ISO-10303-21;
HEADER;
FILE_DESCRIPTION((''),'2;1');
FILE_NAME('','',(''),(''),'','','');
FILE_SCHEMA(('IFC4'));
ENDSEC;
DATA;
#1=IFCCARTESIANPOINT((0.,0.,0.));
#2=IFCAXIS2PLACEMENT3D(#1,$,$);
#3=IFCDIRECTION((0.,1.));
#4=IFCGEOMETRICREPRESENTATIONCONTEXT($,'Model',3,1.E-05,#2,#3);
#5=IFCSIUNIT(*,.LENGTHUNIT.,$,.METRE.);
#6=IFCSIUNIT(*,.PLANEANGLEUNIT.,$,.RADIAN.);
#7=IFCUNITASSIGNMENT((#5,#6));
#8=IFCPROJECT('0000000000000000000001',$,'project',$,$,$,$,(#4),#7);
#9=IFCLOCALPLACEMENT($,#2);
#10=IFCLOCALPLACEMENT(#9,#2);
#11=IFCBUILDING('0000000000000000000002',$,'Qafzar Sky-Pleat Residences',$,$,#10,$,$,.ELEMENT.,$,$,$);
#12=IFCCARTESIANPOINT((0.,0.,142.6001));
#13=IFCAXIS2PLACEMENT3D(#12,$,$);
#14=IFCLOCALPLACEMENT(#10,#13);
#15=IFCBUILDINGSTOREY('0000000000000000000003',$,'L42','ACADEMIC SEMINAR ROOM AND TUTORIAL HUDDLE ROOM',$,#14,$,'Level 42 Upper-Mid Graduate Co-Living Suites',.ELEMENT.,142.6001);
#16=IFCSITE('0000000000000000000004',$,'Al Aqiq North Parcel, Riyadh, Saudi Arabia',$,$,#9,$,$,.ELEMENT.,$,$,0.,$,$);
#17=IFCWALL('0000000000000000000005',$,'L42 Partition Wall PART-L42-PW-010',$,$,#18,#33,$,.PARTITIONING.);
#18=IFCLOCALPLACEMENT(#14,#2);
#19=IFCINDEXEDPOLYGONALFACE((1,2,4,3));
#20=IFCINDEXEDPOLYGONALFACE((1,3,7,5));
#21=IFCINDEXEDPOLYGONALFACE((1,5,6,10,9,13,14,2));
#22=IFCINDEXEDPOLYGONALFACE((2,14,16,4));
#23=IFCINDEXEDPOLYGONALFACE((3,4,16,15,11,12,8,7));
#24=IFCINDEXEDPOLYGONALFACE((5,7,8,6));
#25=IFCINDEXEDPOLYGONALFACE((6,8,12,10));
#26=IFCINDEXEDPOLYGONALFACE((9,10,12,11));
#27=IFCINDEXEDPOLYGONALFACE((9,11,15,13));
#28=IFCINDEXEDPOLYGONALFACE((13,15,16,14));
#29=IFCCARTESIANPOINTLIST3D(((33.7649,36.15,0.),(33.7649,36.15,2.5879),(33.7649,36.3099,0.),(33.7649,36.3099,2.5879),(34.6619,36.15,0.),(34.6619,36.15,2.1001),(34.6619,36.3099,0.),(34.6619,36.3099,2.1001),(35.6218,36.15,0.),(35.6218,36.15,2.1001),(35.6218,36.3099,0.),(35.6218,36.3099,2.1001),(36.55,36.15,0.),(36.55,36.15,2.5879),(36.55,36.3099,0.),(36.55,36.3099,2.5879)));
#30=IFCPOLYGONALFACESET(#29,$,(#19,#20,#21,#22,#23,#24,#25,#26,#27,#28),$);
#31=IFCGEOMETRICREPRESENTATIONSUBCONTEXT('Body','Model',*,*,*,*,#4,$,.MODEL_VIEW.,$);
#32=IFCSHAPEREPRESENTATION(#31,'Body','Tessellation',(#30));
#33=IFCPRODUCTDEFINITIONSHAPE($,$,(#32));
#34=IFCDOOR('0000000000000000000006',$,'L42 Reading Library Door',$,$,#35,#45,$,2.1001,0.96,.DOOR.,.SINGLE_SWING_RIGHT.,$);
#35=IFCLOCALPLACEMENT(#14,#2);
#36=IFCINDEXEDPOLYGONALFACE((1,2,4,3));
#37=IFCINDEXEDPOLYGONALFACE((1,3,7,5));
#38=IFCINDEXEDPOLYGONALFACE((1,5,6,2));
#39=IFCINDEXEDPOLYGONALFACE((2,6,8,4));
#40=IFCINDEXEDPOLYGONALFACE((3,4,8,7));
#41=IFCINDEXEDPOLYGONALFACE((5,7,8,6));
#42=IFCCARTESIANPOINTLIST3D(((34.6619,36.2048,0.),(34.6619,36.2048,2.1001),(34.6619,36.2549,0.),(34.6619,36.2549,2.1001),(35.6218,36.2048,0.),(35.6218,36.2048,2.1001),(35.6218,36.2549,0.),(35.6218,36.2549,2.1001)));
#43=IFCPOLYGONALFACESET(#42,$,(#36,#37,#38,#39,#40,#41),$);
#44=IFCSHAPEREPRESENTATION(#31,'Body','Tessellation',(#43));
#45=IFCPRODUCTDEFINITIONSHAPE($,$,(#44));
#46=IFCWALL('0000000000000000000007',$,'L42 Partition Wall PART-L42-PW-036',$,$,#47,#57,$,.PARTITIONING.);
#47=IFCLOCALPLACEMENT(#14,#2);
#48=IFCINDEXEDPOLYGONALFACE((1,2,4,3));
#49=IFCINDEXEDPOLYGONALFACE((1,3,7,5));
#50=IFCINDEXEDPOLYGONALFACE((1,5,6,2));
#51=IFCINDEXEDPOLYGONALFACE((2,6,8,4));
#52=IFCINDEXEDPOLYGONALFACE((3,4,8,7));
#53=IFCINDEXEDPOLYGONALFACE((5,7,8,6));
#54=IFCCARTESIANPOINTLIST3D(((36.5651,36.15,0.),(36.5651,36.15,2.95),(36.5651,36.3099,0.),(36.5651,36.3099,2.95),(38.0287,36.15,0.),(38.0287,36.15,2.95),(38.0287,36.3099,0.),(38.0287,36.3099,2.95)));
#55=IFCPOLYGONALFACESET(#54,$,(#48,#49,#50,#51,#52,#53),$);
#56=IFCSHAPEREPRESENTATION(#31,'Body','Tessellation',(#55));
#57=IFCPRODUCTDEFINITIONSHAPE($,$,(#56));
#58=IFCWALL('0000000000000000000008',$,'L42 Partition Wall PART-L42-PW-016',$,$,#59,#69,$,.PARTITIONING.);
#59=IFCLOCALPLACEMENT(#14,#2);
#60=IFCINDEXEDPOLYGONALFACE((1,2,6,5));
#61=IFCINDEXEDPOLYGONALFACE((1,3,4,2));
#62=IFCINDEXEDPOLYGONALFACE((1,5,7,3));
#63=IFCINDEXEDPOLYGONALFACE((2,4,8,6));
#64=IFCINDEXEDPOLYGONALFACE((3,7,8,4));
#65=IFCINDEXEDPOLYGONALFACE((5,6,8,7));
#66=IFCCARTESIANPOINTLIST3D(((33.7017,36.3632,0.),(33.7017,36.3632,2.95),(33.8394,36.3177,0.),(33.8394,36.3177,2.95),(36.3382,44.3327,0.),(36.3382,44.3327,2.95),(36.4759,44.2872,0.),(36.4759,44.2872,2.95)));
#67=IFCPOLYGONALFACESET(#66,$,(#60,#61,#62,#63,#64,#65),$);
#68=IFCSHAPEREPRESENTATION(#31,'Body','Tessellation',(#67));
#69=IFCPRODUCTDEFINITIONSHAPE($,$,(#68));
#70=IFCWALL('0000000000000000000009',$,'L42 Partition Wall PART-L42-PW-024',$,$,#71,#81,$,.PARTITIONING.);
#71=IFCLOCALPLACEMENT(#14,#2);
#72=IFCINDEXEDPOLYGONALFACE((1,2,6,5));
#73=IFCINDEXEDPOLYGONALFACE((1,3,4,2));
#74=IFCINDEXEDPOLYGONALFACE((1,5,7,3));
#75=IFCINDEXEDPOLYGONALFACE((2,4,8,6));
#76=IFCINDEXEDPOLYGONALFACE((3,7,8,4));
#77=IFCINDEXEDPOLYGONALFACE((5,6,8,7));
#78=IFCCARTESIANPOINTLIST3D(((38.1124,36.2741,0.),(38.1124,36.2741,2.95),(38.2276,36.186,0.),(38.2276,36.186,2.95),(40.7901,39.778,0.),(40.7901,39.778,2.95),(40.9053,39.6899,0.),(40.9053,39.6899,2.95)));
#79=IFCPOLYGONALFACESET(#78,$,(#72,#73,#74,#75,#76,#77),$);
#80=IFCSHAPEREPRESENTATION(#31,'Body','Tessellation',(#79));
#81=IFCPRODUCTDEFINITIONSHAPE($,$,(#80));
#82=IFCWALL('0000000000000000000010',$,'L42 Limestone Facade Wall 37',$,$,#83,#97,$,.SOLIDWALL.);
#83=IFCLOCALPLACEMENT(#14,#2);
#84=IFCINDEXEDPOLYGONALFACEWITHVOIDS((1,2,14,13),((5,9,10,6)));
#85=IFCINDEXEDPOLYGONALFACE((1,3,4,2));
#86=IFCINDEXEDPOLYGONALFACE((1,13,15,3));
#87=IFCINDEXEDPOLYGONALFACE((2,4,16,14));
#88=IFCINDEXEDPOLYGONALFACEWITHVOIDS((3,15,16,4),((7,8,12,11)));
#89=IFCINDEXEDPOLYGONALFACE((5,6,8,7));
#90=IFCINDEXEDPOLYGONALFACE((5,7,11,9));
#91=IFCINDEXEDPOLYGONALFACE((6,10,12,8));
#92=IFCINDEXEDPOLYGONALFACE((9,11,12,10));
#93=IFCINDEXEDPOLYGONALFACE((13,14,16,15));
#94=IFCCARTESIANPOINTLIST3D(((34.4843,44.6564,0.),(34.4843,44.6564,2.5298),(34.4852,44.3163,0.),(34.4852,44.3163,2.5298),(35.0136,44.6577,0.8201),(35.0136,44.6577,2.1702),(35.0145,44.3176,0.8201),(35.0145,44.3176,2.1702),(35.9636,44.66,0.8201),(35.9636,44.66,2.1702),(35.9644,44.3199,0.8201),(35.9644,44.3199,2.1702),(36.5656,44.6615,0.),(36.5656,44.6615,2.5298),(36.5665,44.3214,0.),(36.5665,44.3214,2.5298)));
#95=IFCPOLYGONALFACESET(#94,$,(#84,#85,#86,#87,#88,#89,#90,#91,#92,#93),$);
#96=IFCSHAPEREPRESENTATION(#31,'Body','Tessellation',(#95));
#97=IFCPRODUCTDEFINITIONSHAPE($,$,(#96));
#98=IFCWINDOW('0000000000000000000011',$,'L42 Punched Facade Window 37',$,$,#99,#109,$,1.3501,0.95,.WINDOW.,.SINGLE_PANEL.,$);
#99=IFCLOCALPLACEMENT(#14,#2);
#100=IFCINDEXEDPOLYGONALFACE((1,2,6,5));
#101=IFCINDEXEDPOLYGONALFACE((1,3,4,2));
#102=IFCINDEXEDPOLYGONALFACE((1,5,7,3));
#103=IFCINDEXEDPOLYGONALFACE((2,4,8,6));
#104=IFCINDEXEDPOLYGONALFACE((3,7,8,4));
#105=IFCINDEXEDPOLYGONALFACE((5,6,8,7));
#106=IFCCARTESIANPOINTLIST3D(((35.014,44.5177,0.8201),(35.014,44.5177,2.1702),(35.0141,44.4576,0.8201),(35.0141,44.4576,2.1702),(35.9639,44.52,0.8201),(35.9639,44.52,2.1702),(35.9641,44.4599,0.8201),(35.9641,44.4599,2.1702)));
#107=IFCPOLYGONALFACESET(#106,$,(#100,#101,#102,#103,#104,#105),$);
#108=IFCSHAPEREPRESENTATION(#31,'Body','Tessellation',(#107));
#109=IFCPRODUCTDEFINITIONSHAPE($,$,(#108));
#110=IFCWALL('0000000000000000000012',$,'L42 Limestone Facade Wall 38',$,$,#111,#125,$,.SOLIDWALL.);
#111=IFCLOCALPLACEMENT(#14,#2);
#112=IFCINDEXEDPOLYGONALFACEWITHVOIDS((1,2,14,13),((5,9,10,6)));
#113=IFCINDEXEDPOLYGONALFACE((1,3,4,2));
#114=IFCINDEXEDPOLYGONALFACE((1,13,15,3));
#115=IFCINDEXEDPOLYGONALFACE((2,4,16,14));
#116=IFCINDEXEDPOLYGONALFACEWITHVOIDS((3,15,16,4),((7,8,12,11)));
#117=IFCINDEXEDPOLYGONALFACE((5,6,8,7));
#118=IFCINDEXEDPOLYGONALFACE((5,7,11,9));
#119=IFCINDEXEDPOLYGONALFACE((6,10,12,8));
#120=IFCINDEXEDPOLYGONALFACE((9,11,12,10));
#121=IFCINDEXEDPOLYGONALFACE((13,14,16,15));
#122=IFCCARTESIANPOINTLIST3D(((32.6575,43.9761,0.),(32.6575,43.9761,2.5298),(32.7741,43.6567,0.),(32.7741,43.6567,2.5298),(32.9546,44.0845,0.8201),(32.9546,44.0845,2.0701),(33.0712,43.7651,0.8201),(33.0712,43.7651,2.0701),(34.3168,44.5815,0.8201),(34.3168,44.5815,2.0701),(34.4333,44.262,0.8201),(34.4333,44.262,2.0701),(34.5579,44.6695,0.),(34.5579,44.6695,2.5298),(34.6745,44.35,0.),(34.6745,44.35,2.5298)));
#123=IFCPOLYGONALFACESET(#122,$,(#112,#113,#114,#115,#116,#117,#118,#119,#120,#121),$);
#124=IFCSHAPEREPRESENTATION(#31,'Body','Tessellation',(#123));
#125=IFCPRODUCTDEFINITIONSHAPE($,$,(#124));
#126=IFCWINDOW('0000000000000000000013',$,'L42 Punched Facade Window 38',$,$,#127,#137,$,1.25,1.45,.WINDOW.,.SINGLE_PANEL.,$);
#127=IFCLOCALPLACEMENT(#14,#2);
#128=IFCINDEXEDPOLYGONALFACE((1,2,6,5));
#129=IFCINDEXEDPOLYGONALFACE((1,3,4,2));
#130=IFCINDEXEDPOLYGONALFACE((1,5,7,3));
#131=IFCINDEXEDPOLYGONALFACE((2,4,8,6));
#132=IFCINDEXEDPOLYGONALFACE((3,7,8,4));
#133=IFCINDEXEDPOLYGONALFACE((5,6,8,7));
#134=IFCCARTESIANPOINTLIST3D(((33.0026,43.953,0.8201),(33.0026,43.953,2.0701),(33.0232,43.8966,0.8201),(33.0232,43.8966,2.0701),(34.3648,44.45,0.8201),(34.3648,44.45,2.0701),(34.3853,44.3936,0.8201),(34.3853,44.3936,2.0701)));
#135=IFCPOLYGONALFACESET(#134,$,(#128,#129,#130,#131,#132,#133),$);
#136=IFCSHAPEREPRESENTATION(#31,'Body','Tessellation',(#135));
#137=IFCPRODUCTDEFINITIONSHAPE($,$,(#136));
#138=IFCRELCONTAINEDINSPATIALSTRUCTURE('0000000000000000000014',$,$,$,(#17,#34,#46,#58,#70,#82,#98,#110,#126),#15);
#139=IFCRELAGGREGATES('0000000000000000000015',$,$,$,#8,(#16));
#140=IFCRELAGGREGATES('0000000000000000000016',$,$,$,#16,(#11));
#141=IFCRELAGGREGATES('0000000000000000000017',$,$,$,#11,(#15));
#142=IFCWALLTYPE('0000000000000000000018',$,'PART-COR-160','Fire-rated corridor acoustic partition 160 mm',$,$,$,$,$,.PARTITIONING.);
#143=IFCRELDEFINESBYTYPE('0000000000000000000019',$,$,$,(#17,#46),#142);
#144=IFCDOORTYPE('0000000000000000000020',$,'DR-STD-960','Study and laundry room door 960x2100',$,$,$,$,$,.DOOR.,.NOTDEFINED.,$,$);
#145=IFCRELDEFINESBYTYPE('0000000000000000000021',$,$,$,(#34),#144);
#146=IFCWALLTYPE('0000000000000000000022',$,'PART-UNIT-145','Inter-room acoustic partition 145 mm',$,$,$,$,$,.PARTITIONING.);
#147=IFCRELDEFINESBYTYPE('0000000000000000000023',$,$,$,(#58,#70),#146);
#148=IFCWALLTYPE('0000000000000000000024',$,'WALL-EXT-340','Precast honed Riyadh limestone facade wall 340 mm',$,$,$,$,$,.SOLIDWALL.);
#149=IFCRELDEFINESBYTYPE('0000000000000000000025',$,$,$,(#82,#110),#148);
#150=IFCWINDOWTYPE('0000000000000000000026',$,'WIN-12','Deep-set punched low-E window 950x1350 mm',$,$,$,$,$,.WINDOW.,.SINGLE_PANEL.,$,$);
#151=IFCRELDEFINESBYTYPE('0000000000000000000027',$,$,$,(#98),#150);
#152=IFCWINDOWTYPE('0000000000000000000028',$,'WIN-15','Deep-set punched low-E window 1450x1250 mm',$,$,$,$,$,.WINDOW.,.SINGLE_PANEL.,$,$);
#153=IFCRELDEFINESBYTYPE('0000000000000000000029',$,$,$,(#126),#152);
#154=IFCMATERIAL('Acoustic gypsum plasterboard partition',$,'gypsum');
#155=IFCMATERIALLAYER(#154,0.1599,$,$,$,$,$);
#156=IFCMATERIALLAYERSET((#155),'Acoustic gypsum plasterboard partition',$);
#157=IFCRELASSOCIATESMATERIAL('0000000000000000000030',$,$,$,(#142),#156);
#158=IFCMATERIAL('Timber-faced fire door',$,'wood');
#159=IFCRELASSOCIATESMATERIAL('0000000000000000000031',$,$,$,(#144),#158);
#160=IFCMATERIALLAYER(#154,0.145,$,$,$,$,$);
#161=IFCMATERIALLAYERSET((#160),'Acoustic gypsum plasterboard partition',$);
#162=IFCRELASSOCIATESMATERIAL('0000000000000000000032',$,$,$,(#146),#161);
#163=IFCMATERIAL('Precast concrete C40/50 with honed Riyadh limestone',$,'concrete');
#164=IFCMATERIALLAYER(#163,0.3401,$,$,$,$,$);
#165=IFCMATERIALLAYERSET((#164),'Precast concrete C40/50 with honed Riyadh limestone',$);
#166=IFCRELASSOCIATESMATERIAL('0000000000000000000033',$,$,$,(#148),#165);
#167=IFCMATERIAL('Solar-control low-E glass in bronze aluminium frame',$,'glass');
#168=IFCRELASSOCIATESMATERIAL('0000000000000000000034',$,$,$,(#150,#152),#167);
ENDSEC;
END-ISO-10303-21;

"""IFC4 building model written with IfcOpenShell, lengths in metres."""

from ifc_helpers import new_model, si_unit, direction, frame, frame_2d, origin, place, context, subcontext, project, spatial, rectangle, extrude, source, transform, mapped, material, layer, layer_set, type_object, element, fill, save


model = new_model("IFC4")

# Units and contexts
model_context = context("Model", 3, precision=1e-05, world=origin(), true_north=direction((0.0, 1.0)))
body_context = subcontext(model_context, "Body", "Model", "MODEL_VIEW")
ifc_project = project(units=[si_unit("LENGTHUNIT", "METRE"), si_unit("PLANEANGLEUNIT", "RADIAN")], contexts=[model_context])

# Site, building, storey
site_placement = place(None, origin())
site = spatial("IfcSite", under=ifc_project, at=site_placement, Name="Al Aqiq North Parcel, Riyadh, Saudi Arabia", CompositionType="ELEMENT", RefElevation=0.0)
building_placement = place(site_placement, origin())
building = spatial("IfcBuilding", under=site, at=building_placement, Name="Qafzar Sky-Pleat Residences", CompositionType="ELEMENT")
storey_placement = place(building_placement, frame((0.0, 0.0, 142.6001)))
storey = spatial("IfcBuildingStorey", under=building, at=storey_placement, Name="L42", Description="ACADEMIC SEMINAR ROOM AND TUTORIAL HUDDLE ROOM", LongName="Level 42 Upper-Mid Graduate Co-Living Suites", CompositionType="ELEMENT", Elevation=142.6001)

# Wall, opening, door
ifc_material_1 = material(Name="Acoustic gypsum plasterboard partition", Category="gypsum")
ifc_layer_1 = layer(ifc_material_1, 0.1599)
ifc_layer_set_1 = layer_set([ifc_layer_1], Name="Acoustic gypsum plasterboard partition")
wall_type_1 = type_object("IfcWallType", Name="PART-COR-160", Description="Fire-rated corridor acoustic partition 160 mm", PredefinedType="PARTITIONING", material=ifc_layer_set_1)
wall_1_placement = place(storey_placement, frame((33.7649, 36.23, 0.0), z_axis=(0.0, 0.0, 1.0), x_axis=(1.0, 0.0, 0.0)))
wall_1 = element("IfcWall", 1, at=wall_1_placement, inside=storey, type_object=wall_type_1, Name="L42 Partition Wall PART-L42-PW-010", PredefinedType="PARTITIONING", context=body_context, shape_type="SweptSolid", body=[
    extrude(rectangle(XDim=2.7852, YDim=0.1599, at=frame_2d((1.3926, 0.0))), origin(), (0.0, 0.0, 1.0), 2.5879),
])
opening_1_placement = place(wall_1_placement, frame((0.897, 0.0, 0.0)))
opening_1 = element("IfcOpeningElement", 2, at=opening_1_placement, cuts=wall_1, PredefinedType="OPENING", context=body_context, shape_type="SweptSolid", body=[
    extrude(rectangle(XDim=0.96, YDim=2.1001, at=frame_2d((0.48, 1.05))), frame((0.0, 0.0898, 0.0), z_axis=(0.0, -1.0, 0.0), x_axis=(1.0, 0.0, 0.0)), (0.0, 0.0, 1.0), 0.1799),
])
ifc_material_2 = material(Name="Timber-faced fire door", Category="wood")
door_type_1 = type_object("IfcDoorType", Name="DR-STD-960", Description="Study and laundry room door 960x2100", OperationType="NOTDEFINED", PredefinedType="DOOR", material=ifc_material_2)
shared_shape_1 = source(origin(), body_context, "Body", "SweptSolid", [
    extrude(rectangle(XDim=0.96, YDim=2.1001, at=frame_2d((0.48, 1.05))), frame((0.0, 0.0249, 0.0), z_axis=(0.0, -1.0, 0.0), x_axis=(1.0, 0.0, 0.0)), (0.0, 0.0, 1.0), 0.05),
])
door_1_placement = place(opening_1_placement, origin())
door_1 = element("IfcDoor", 3, at=door_1_placement, inside=storey, type_object=door_type_1, Name="L42 Reading Library Door", OperationType="SINGLE_SWING_RIGHT", OverallHeight=2.1001, OverallWidth=0.96, PredefinedType="DOOR", context=body_context, shape_type="MappedRepresentation", body=[
    mapped(shared_shape_1, transform((0.0, 0.0, 0.0), x_axis=(1.0, 0.0, 0.0), y_axis=(0.0, 1.0, 0.0), z_axis=(0.0, 0.0, 1.0), scale=1.0)),
])
fill(opening_1, door_1)

# Walls
wall_2_placement = place(storey_placement, frame((36.5649, 36.23, 0.0), z_axis=(0.0, 0.0, 1.0), x_axis=(1.0, 0.0, 0.0)))
element("IfcWall", 4, at=wall_2_placement, inside=storey, type_object=wall_type_1, Name="L42 Partition Wall PART-L42-PW-036", PredefinedType="PARTITIONING", context=body_context, shape_type="SweptSolid", body=[
    extrude(rectangle(XDim=1.4636, YDim=0.1599, at=frame_2d((0.7319, 0.0))), origin(), (0.0, 0.0, 1.0), 2.95),
])
ifc_layer_2 = layer(ifc_material_1, 0.145)
ifc_layer_set_2 = layer_set([ifc_layer_2], Name="Acoustic gypsum plasterboard partition")
wall_type_2 = type_object("IfcWallType", Name="PART-UNIT-145", Description="Inter-room acoustic partition 145 mm", PredefinedType="PARTITIONING", material=ifc_layer_set_2)
wall_3_placement = place(storey_placement, frame((33.7705, 36.3403, 0.0), z_axis=(0.0, 0.0, 1.0), x_axis=(0.314081, 0.949396, 0.0)))
element("IfcWall", 5, at=wall_3_placement, inside=storey, type_object=wall_type_2, Name="L42 Partition Wall PART-L42-PW-016", PredefinedType="PARTITIONING", context=body_context, shape_type="SweptSolid", body=[
    extrude(rectangle(XDim=8.3943, YDim=0.145, at=frame_2d((4.1973, 0.0))), origin(), (0.0, 0.0, 1.0), 2.95),
])
wall_4_placement = place(storey_placement, frame((38.1699, 36.23, 0.0), z_axis=(0.0, 0.0, 1.0), x_axis=(0.607203, 0.794546, 0.0)))
element("IfcWall", 6, at=wall_4_placement, inside=storey, type_object=wall_type_2, Name="L42 Partition Wall PART-L42-PW-024", PredefinedType="PARTITIONING", context=body_context, shape_type="SweptSolid", body=[
    extrude(rectangle(XDim=4.4099, YDim=0.145, at=frame_2d((2.2051, 0.0))), origin(), (0.0, 0.0, 1.0), 2.95),
])

# Walls, openings, windows
ifc_material_3 = material(Name="Precast concrete C40/50 with honed Riyadh limestone", Category="concrete")
ifc_layer_3 = layer(ifc_material_3, 0.3401)
ifc_layer_set_3 = layer_set([ifc_layer_3], Name="Precast concrete C40/50 with honed Riyadh limestone")
wall_type_3 = type_object("IfcWallType", Name="WALL-EXT-340", Description="Precast honed Riyadh limestone facade wall 340 mm", PredefinedType="SOLIDWALL", material=ifc_layer_set_3)
wall_5_placement = place(storey_placement, frame((36.5659, 44.4915, 0.0), z_axis=(0.0, 0.0, 1.0), x_axis=(-0.999997, -0.002463, 0.0)))
wall_5 = element("IfcWall", 7, at=wall_5_placement, inside=storey, type_object=wall_type_3, Name="L42 Limestone Facade Wall 37", PredefinedType="SOLIDWALL", context=body_context, shape_type="SweptSolid", body=[
    extrude(rectangle(XDim=2.0813, YDim=0.3401, at=frame_2d((1.0405, 0.0))), origin(), (0.0, 0.0, 1.0), 2.5298),
])
opening_2_placement = place(wall_5_placement, frame((0.6018, 0.0, 0.8201)))
opening_2 = element("IfcOpeningElement", 8, at=opening_2_placement, cuts=wall_5, PredefinedType="OPENING", context=body_context, shape_type="SweptSolid", body=[
    extrude(rectangle(XDim=0.95, YDim=1.3501, at=frame_2d((0.4751, 0.675))), frame((0.0, 0.1802, 0.0), z_axis=(0.0, -1.0, 0.0), x_axis=(1.0, 0.0, 0.0)), (0.0, 0.0, 1.0), 0.3601),
])
ifc_material_4 = material(Name="Solar-control low-E glass in bronze aluminium frame", Category="glass")
window_type_1 = type_object("IfcWindowType", Name="WIN-12", Description="Deep-set punched low-E window 950x1350 mm", PartitioningType="SINGLE_PANEL", PredefinedType="WINDOW", material=ifc_material_4)
shared_shape_2 = source(origin(), body_context, "Body", "SweptSolid", [
    extrude(rectangle(XDim=0.95, YDim=1.3501, at=frame_2d((0.4751, 0.675))), frame((0.0, 0.03, 0.0), z_axis=(0.0, -1.0, 0.0), x_axis=(1.0, 0.0, 0.0)), (0.0, 0.0, 1.0), 0.0601),
])
window_1_placement = place(opening_2_placement, origin())
window_1 = element("IfcWindow", 9, at=window_1_placement, inside=storey, type_object=window_type_1, Name="L42 Punched Facade Window 37", OverallHeight=1.3501, OverallWidth=0.95, PartitioningType="SINGLE_PANEL", PredefinedType="WINDOW", context=body_context, shape_type="MappedRepresentation", body=[
    mapped(shared_shape_2, transform((0.0, 0.0, 0.0), x_axis=(1.0, 0.0, 0.0), y_axis=(0.0, 1.0, 0.0), z_axis=(0.0, 0.0, 1.0), scale=1.0)),
])
fill(opening_2, window_1)
wall_6_placement = place(storey_placement, frame((34.6162, 44.5098, 0.0), z_axis=(0.0, 0.0, 1.0), x_axis=(-0.939426, -0.342751, 0.0)))
wall_6 = element("IfcWall", 10, at=wall_6_placement, inside=storey, type_object=wall_type_3, Name="L42 Limestone Facade Wall 38", PredefinedType="SOLIDWALL", context=body_context, shape_type="SweptSolid", body=[
    extrude(rectangle(XDim=2.0229, YDim=0.3401, at=frame_2d((1.0115, 0.0))), origin(), (0.0, 0.0, 1.0), 2.5298),
])
opening_3_placement = place(wall_6_placement, frame((0.2566, 0.0, 0.8201)))
opening_3 = element("IfcOpeningElement", 11, at=opening_3_placement, cuts=wall_6, PredefinedType="OPENING", context=body_context, shape_type="SweptSolid", body=[
    extrude(rectangle(XDim=1.45, YDim=1.25, at=frame_2d((0.7251, 0.625))), frame((0.0, 0.1802, 0.0), z_axis=(0.0, -1.0, 0.0), x_axis=(1.0, 0.0, 0.0)), (0.0, 0.0, 1.0), 0.3601),
])
window_type_2 = type_object("IfcWindowType", Name="WIN-15", Description="Deep-set punched low-E window 1450x1250 mm", PartitioningType="SINGLE_PANEL", PredefinedType="WINDOW", material=ifc_material_4)
shared_shape_3 = source(origin(), body_context, "Body", "SweptSolid", [
    extrude(rectangle(XDim=1.45, YDim=1.25, at=frame_2d((0.7251, 0.625))), frame((0.0, 0.03, 0.0), z_axis=(0.0, -1.0, 0.0), x_axis=(1.0, 0.0, 0.0)), (0.0, 0.0, 1.0), 0.0601),
])
window_2_placement = place(opening_3_placement, origin())
window_2 = element("IfcWindow", 12, at=window_2_placement, inside=storey, type_object=window_type_2, Name="L42 Punched Facade Window 38", OverallHeight=1.25, OverallWidth=1.45, PartitioningType="SINGLE_PANEL", PredefinedType="WINDOW", context=body_context, shape_type="MappedRepresentation", body=[
    mapped(shared_shape_3, transform((0.0, 0.0, 0.0), x_axis=(1.0, 0.0, 0.0), y_axis=(0.0, 1.0, 0.0), z_axis=(0.0, 0.0, 1.0), scale=1.0)),
])
fill(opening_3, window_2)

save(model, "model.ifc")
